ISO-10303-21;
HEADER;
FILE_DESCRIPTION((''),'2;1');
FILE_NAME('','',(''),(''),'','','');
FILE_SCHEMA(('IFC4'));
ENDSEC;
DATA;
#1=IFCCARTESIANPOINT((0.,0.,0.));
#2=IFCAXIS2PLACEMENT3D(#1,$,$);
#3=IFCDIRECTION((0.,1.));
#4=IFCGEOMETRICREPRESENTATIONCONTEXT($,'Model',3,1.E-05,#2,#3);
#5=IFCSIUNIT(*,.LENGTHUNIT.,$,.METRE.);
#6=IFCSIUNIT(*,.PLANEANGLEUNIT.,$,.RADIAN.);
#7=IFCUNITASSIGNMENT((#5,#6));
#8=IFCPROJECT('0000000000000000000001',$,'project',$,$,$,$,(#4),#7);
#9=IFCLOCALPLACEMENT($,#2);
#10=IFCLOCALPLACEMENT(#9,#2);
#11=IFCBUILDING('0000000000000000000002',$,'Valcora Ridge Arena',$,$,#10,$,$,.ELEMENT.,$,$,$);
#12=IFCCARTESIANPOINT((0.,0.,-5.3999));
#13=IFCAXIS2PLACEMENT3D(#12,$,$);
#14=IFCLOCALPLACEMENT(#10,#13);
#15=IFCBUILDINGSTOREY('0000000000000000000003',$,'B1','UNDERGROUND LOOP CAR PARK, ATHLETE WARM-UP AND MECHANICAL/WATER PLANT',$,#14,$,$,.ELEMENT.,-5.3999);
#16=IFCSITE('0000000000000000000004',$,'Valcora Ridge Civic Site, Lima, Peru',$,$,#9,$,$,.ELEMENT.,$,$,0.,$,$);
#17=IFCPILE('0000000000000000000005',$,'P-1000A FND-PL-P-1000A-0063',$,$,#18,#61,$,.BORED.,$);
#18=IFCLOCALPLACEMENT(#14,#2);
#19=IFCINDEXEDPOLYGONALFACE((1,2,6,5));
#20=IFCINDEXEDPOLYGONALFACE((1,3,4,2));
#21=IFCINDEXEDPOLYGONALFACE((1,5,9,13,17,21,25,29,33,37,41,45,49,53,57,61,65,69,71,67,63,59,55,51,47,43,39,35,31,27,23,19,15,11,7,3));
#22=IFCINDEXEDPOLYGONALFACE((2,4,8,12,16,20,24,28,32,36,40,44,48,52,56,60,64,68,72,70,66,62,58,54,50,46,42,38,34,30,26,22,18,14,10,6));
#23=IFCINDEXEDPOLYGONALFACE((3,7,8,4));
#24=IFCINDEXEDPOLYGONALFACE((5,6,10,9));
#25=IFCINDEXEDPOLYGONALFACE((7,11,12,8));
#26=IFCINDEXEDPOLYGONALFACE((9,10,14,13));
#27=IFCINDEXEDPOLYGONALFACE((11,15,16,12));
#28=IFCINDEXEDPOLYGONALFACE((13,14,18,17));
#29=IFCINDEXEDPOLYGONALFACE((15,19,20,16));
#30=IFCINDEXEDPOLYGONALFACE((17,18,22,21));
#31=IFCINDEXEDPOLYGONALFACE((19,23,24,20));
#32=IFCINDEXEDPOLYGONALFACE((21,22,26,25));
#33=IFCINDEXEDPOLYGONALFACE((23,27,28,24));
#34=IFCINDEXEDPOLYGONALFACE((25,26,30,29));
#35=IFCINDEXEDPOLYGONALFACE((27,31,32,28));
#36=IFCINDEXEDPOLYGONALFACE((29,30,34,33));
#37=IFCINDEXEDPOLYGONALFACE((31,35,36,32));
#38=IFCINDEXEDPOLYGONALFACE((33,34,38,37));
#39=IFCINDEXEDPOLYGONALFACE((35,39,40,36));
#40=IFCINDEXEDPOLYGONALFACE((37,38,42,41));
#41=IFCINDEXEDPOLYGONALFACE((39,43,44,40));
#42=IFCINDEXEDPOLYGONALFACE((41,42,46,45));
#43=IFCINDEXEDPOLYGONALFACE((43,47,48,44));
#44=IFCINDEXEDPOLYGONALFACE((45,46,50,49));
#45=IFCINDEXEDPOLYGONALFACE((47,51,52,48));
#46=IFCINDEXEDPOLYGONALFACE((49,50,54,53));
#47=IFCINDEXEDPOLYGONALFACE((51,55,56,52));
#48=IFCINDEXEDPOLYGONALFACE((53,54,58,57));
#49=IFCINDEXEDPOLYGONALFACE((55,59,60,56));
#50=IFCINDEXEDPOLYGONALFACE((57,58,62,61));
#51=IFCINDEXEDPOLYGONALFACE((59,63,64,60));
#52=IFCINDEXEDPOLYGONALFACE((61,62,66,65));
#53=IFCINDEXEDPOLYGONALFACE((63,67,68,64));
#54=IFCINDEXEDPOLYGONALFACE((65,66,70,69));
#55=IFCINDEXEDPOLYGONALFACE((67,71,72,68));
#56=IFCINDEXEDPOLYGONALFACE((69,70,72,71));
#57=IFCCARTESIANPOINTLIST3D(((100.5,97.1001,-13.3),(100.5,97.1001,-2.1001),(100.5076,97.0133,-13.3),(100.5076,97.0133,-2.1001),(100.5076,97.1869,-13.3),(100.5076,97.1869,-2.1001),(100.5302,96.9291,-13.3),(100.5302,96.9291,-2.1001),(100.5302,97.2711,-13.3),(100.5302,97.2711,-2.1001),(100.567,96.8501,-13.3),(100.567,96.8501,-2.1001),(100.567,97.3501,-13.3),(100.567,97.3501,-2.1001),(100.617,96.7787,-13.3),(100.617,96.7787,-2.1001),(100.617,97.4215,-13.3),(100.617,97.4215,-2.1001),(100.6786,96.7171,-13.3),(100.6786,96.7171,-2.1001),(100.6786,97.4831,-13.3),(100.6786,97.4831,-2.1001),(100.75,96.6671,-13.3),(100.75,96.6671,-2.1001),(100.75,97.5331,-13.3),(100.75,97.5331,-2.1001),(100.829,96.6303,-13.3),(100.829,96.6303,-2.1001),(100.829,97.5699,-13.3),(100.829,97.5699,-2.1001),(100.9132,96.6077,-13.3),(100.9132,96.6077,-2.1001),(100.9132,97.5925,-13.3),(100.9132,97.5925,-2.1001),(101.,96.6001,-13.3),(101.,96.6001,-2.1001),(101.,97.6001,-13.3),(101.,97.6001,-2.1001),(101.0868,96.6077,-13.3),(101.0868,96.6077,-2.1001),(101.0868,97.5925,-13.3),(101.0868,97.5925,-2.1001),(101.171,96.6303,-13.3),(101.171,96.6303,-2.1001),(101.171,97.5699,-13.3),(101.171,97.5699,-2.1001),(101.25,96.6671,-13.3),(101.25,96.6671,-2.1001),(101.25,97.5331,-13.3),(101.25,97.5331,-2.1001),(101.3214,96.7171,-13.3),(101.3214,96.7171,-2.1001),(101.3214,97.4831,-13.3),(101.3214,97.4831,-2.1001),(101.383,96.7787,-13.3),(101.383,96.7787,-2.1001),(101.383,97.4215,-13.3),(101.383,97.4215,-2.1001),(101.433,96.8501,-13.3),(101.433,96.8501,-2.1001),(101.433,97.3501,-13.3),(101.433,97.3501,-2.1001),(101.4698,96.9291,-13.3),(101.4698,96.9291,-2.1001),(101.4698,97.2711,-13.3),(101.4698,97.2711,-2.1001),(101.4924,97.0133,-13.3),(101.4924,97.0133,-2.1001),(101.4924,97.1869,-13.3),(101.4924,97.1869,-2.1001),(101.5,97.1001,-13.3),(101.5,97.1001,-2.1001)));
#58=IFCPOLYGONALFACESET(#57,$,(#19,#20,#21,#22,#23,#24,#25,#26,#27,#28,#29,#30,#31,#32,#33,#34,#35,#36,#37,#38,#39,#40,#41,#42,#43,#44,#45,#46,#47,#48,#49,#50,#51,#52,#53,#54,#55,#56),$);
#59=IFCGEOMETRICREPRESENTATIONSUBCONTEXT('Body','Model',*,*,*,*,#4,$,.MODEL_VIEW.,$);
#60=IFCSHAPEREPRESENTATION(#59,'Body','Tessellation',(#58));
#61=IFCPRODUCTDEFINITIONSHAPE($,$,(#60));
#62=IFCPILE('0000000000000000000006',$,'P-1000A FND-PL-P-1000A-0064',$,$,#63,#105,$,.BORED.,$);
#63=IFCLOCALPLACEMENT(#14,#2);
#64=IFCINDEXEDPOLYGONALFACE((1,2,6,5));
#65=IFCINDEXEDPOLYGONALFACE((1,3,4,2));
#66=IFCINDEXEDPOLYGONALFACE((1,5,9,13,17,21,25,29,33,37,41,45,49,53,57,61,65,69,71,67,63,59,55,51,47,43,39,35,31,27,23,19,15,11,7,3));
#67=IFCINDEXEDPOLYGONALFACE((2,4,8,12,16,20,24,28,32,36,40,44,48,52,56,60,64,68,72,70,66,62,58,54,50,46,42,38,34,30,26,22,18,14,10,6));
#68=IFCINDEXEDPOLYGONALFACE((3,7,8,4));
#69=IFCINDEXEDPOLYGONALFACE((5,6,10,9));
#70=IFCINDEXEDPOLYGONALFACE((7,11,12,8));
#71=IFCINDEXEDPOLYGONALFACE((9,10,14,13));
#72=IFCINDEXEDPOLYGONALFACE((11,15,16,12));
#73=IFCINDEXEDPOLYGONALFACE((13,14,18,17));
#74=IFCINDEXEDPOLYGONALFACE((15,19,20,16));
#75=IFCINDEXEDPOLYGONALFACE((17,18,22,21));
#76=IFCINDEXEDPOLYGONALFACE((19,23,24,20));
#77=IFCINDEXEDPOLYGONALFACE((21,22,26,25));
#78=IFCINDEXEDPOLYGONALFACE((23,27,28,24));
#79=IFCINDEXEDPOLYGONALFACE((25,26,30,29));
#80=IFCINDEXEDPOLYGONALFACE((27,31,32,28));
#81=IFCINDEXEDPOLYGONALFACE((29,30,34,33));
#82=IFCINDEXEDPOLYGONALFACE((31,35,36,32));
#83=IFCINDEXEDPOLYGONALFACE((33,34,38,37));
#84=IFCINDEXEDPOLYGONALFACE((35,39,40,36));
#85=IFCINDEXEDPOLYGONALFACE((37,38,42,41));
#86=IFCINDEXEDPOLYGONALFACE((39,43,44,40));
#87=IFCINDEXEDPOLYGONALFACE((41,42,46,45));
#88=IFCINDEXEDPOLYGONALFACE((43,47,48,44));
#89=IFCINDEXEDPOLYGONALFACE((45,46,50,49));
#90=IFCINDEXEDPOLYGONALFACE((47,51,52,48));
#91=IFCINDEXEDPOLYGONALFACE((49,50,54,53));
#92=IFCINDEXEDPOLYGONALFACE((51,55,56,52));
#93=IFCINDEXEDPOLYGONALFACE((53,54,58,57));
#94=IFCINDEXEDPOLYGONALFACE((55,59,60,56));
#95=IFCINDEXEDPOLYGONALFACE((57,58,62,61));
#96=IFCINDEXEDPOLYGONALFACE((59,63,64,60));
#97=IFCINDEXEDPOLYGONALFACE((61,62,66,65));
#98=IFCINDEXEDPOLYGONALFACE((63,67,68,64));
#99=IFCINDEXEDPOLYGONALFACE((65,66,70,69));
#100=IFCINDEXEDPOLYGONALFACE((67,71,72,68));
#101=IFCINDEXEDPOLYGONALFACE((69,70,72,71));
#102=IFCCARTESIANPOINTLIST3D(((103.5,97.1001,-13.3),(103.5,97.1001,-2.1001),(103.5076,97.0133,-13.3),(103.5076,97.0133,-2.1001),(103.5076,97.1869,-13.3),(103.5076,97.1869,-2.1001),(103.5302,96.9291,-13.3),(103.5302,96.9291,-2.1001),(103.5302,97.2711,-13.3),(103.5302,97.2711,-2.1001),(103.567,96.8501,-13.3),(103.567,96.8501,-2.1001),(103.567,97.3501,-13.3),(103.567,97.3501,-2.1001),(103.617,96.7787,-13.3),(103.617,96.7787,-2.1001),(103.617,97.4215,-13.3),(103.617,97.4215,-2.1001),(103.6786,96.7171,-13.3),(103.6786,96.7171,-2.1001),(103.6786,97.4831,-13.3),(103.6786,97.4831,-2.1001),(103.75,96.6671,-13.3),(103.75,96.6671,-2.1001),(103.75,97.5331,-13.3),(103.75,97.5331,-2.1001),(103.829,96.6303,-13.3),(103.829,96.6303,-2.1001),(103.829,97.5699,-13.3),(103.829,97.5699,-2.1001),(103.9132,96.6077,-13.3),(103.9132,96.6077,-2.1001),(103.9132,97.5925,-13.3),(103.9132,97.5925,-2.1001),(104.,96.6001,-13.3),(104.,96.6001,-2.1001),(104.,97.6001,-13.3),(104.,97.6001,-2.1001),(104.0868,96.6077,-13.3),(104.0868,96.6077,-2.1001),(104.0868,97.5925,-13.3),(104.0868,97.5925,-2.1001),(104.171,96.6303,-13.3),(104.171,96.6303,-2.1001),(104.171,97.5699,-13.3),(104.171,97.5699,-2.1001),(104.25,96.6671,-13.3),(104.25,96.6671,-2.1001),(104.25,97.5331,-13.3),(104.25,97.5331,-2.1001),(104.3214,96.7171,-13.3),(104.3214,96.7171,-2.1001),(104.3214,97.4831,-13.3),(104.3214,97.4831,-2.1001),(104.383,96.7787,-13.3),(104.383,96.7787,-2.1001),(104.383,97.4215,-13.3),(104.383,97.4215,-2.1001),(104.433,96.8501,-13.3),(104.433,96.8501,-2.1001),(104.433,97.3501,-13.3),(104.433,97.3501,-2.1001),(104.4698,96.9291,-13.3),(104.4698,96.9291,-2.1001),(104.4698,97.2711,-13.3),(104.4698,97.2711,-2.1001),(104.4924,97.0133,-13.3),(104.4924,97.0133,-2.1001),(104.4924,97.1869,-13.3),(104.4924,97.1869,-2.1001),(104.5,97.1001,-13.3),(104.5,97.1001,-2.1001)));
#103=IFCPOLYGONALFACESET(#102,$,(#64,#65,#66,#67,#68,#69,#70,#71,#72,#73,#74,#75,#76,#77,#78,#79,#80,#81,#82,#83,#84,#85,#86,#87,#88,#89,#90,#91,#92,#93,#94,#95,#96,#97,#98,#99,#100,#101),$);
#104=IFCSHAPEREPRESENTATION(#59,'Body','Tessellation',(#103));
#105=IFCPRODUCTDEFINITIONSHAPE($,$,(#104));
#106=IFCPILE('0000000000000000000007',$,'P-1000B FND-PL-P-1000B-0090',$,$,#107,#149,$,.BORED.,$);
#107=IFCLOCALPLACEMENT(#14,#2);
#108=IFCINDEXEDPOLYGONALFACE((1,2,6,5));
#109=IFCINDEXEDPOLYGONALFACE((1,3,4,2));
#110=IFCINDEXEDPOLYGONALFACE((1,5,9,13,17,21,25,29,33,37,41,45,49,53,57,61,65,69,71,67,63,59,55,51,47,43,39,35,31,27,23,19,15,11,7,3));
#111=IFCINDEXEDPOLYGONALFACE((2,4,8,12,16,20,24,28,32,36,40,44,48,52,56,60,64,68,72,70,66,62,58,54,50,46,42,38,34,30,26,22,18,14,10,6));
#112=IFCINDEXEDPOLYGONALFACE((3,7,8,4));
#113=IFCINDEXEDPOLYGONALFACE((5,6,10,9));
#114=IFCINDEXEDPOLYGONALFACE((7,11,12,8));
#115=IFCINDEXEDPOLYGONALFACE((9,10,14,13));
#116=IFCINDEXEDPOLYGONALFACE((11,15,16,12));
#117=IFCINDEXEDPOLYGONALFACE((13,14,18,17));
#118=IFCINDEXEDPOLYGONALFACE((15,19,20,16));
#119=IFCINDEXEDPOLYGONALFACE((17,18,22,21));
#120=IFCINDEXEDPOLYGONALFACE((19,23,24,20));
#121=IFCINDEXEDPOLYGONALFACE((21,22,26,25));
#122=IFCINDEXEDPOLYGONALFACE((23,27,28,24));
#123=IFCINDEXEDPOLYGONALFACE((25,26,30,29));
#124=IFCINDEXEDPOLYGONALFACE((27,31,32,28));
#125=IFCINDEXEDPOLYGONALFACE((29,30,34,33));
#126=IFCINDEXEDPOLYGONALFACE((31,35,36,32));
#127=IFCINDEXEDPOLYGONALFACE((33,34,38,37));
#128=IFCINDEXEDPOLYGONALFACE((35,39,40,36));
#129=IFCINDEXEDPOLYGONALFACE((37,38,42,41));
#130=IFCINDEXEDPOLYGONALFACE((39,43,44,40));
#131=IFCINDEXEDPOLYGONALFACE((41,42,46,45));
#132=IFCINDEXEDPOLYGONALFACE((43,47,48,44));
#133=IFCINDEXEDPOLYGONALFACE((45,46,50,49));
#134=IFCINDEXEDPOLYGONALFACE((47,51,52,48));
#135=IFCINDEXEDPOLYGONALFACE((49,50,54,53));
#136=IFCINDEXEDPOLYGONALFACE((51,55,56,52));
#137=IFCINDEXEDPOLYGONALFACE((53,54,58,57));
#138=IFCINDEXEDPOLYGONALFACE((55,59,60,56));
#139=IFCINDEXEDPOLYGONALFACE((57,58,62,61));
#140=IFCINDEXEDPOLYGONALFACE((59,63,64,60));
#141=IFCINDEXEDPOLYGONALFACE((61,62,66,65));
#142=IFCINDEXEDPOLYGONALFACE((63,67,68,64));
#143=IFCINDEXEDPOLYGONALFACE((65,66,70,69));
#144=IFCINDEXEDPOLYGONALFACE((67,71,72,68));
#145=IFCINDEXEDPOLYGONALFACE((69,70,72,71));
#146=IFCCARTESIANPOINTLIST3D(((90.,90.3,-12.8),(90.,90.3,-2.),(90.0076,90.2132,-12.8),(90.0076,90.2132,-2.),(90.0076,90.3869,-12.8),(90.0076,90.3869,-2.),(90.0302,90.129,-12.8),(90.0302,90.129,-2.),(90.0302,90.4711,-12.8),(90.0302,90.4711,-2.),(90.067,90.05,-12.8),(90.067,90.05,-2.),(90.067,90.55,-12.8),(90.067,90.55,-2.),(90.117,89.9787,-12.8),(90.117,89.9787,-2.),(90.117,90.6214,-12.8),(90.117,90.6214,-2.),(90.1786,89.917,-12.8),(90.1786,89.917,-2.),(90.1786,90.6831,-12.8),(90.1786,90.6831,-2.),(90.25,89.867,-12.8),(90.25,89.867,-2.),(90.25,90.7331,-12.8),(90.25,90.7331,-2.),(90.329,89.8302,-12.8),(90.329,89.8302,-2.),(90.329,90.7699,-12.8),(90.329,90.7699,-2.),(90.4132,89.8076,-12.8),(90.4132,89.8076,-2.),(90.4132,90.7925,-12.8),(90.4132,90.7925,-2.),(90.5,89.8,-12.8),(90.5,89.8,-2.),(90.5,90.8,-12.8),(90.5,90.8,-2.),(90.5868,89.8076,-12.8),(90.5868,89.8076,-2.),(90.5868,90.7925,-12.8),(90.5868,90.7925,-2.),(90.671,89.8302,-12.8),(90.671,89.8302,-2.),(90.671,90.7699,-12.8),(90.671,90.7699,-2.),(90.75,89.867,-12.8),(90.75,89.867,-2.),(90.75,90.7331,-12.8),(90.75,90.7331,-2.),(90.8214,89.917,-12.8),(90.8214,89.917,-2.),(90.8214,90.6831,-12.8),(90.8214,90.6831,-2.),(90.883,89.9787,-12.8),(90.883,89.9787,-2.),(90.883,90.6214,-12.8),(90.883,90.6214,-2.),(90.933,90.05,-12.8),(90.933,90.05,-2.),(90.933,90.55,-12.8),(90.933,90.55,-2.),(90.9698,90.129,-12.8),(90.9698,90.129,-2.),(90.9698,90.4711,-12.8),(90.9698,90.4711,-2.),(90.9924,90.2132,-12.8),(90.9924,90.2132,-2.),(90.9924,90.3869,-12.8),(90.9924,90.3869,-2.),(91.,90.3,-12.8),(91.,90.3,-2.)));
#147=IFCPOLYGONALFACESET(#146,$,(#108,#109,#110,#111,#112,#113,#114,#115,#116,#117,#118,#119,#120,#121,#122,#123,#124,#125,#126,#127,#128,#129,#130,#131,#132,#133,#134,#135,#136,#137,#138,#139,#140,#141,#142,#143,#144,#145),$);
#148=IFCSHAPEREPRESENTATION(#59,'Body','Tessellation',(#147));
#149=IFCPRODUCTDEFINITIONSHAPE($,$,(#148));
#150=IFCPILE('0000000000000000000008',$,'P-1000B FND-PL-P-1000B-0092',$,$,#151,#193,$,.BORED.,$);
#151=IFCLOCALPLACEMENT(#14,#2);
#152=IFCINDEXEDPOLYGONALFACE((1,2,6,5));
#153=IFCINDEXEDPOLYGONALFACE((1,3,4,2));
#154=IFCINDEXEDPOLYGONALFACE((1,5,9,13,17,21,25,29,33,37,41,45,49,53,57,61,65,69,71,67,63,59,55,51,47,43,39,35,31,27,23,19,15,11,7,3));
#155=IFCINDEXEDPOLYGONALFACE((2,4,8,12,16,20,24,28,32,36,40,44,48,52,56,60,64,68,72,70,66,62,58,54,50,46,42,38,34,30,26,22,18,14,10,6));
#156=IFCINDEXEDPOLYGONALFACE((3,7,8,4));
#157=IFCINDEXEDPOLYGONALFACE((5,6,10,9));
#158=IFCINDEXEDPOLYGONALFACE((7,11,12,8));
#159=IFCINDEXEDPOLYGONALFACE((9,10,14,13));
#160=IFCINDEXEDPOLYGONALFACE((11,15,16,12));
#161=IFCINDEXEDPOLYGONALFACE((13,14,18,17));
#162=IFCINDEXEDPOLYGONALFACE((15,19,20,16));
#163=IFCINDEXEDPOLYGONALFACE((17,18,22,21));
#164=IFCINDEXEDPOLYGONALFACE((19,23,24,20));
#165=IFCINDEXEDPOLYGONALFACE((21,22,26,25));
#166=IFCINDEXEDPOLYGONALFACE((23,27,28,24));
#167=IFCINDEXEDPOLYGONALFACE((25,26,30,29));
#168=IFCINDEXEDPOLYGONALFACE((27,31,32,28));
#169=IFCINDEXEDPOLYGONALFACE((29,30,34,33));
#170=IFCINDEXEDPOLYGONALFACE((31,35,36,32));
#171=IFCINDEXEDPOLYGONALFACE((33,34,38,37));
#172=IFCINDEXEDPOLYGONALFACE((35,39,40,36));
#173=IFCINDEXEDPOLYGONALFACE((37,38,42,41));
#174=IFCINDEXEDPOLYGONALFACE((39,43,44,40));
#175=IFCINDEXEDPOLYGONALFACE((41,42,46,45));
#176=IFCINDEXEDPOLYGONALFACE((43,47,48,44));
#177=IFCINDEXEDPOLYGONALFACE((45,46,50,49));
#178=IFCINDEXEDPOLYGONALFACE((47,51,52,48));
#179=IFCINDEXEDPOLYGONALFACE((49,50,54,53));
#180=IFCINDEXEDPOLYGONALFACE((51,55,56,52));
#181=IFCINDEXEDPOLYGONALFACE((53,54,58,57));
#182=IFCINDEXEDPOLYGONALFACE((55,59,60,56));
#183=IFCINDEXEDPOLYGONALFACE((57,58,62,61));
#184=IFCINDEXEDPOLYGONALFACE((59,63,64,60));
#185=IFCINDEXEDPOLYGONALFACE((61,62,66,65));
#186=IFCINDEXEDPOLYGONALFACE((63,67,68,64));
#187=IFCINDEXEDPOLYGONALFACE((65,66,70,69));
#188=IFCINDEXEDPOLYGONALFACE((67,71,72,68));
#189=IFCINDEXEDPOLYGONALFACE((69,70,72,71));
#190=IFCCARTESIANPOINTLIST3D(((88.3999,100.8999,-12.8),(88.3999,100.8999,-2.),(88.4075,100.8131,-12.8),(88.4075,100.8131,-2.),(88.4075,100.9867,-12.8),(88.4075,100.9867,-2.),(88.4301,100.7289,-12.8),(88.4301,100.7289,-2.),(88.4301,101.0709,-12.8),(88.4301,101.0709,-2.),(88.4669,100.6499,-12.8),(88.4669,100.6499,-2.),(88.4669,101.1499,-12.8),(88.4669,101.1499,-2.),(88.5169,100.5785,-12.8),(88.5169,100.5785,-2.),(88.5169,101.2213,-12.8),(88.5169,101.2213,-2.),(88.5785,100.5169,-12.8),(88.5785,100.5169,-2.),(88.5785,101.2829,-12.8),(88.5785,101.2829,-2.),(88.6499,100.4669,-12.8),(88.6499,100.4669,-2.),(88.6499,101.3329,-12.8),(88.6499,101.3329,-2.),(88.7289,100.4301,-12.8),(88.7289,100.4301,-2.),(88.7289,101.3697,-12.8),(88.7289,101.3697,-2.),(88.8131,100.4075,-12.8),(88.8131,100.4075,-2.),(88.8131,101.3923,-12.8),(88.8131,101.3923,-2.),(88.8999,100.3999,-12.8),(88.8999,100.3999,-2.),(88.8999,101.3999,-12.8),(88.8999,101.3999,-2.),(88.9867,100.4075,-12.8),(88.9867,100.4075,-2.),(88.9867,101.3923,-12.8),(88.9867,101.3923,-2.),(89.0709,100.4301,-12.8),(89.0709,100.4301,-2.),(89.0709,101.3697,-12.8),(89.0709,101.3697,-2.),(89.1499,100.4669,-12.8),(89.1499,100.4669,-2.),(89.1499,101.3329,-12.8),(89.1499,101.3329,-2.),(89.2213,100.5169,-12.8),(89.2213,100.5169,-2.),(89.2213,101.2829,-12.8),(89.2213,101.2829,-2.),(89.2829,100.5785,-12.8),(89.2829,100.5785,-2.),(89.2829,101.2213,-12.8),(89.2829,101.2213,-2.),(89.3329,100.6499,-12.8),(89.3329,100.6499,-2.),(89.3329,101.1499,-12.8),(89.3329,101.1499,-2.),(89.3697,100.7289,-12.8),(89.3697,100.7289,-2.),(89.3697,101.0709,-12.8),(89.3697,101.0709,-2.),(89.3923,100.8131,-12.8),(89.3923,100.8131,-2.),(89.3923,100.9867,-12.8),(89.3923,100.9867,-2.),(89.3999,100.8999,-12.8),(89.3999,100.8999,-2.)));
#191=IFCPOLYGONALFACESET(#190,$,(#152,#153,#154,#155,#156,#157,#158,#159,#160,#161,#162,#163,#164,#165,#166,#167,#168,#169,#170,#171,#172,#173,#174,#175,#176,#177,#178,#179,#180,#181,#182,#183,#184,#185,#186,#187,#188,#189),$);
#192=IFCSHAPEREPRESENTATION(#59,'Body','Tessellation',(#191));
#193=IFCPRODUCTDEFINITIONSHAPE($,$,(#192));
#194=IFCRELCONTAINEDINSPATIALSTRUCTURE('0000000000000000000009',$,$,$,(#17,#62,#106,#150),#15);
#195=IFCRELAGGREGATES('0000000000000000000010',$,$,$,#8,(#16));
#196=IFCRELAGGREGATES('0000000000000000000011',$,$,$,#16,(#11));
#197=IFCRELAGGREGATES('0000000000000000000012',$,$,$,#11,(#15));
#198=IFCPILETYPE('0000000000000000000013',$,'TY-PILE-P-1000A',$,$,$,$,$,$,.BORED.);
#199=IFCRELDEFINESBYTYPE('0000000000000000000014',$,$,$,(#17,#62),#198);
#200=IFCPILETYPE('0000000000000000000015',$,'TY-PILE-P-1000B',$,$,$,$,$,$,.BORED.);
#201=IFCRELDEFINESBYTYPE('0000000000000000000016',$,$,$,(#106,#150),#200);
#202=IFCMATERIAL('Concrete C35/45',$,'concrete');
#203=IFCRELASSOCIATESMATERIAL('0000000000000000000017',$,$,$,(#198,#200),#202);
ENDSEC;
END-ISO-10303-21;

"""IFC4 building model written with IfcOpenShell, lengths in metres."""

from ifc_helpers import new_model, si_unit, direction, frame, origin, origin_2d, place, context, subcontext, project, spatial, circle, extrude, material, material_profile, profile_set, type_object, element, save


model = new_model("IFC4")

# Units and contexts
model_context = context("Model", 3, precision=1e-05, world=origin(), true_north=direction((0.0, 1.0)))
body_context = subcontext(model_context, "Body", "Model", "MODEL_VIEW")
ifc_project = project(units=[si_unit("LENGTHUNIT", "METRE"), si_unit("PLANEANGLEUNIT", "RADIAN")], contexts=[model_context])

# Site, building, storey
site_placement = place(None, origin())
site = spatial("IfcSite", under=ifc_project, at=site_placement, Name="Valcora Ridge Civic Site, Lima, Peru", CompositionType="ELEMENT", RefElevation=0.0)
building_placement = place(site_placement, origin())
building = spatial("IfcBuilding", under=site, at=building_placement, Name="Valcora Ridge Arena", CompositionType="ELEMENT")
storey_placement = place(building_placement, frame((0.0, 0.0, -5.3999)))
storey = spatial("IfcBuildingStorey", under=building, at=storey_placement, Name="B1", Description="UNDERGROUND LOOP CAR PARK, ATHLETE WARM-UP AND MECHANICAL/WATER PLANT", CompositionType="ELEMENT", Elevation=-5.3999)

# Piles
ifc_material_1 = material(Name="Concrete C35/45", Category="concrete")
ifc_material_profile_1 = material_profile(ifc_material_1, circle(Radius=0.5, at=origin_2d()), Name="BORED PILE D1000")
ifc_profile_set_1 = profile_set([ifc_material_profile_1], Name="Concrete C35/45")
pile_type_1 = type_object("IfcPileType", Name="TY-PILE-P-1000A", PredefinedType="BORED", material=ifc_profile_set_1)
for number, where, z_axis, x_axis, name in (
    (1, (101.0, 97.1001, -2.1001), (0.0, 0.0, -1.0), (1.0, 0.0, 0.0), "P-1000A FND-PL-P-1000A-0063"),
    (2, (104.0, 97.1001, -2.1001), (0.0, 0.0, -1.0), (1.0, 0.0, 0.0), "P-1000A FND-PL-P-1000A-0064"),
):
    element("IfcPile", number, at=place(storey_placement, frame(where, z_axis=z_axis, x_axis=x_axis)), inside=storey, type_object=pile_type_1, Name=name, PredefinedType="BORED", context=body_context, shape_type="SweptSolid", body=[
        extrude(circle(Radius=0.5, at=origin_2d()), origin(), (0.0, 0.0, 1.0), 11.2),
    ])
ifc_material_profile_2 = material_profile(ifc_material_1, circle(Radius=0.5, at=origin_2d()), Name="BORED PILE D1000")
ifc_profile_set_2 = profile_set([ifc_material_profile_2], Name="Concrete C35/45")
pile_type_2 = type_object("IfcPileType", Name="TY-PILE-P-1000B", PredefinedType="BORED", material=ifc_profile_set_2)
for number, where, z_axis, x_axis, name in (
    (3, (90.5, 90.3, -2.0), (0.0, 0.0, -1.0), (1.0, 0.0, 0.0), "P-1000B FND-PL-P-1000B-0090"),
    (4, (88.8999, 100.8999, -2.0), (0.0, 0.0, -1.0), (1.0, 0.0, 0.0), "P-1000B FND-PL-P-1000B-0092"),
):
    element("IfcPile", number, at=place(storey_placement, frame(where, z_axis=z_axis, x_axis=x_axis)), inside=storey, type_object=pile_type_2, Name=name, PredefinedType="BORED", context=body_context, shape_type="SweptSolid", body=[
        extrude(circle(Radius=0.5, at=origin_2d()), origin(), (0.0, 0.0, 1.0), 10.8),
    ])

save(model, "model.ifc")
